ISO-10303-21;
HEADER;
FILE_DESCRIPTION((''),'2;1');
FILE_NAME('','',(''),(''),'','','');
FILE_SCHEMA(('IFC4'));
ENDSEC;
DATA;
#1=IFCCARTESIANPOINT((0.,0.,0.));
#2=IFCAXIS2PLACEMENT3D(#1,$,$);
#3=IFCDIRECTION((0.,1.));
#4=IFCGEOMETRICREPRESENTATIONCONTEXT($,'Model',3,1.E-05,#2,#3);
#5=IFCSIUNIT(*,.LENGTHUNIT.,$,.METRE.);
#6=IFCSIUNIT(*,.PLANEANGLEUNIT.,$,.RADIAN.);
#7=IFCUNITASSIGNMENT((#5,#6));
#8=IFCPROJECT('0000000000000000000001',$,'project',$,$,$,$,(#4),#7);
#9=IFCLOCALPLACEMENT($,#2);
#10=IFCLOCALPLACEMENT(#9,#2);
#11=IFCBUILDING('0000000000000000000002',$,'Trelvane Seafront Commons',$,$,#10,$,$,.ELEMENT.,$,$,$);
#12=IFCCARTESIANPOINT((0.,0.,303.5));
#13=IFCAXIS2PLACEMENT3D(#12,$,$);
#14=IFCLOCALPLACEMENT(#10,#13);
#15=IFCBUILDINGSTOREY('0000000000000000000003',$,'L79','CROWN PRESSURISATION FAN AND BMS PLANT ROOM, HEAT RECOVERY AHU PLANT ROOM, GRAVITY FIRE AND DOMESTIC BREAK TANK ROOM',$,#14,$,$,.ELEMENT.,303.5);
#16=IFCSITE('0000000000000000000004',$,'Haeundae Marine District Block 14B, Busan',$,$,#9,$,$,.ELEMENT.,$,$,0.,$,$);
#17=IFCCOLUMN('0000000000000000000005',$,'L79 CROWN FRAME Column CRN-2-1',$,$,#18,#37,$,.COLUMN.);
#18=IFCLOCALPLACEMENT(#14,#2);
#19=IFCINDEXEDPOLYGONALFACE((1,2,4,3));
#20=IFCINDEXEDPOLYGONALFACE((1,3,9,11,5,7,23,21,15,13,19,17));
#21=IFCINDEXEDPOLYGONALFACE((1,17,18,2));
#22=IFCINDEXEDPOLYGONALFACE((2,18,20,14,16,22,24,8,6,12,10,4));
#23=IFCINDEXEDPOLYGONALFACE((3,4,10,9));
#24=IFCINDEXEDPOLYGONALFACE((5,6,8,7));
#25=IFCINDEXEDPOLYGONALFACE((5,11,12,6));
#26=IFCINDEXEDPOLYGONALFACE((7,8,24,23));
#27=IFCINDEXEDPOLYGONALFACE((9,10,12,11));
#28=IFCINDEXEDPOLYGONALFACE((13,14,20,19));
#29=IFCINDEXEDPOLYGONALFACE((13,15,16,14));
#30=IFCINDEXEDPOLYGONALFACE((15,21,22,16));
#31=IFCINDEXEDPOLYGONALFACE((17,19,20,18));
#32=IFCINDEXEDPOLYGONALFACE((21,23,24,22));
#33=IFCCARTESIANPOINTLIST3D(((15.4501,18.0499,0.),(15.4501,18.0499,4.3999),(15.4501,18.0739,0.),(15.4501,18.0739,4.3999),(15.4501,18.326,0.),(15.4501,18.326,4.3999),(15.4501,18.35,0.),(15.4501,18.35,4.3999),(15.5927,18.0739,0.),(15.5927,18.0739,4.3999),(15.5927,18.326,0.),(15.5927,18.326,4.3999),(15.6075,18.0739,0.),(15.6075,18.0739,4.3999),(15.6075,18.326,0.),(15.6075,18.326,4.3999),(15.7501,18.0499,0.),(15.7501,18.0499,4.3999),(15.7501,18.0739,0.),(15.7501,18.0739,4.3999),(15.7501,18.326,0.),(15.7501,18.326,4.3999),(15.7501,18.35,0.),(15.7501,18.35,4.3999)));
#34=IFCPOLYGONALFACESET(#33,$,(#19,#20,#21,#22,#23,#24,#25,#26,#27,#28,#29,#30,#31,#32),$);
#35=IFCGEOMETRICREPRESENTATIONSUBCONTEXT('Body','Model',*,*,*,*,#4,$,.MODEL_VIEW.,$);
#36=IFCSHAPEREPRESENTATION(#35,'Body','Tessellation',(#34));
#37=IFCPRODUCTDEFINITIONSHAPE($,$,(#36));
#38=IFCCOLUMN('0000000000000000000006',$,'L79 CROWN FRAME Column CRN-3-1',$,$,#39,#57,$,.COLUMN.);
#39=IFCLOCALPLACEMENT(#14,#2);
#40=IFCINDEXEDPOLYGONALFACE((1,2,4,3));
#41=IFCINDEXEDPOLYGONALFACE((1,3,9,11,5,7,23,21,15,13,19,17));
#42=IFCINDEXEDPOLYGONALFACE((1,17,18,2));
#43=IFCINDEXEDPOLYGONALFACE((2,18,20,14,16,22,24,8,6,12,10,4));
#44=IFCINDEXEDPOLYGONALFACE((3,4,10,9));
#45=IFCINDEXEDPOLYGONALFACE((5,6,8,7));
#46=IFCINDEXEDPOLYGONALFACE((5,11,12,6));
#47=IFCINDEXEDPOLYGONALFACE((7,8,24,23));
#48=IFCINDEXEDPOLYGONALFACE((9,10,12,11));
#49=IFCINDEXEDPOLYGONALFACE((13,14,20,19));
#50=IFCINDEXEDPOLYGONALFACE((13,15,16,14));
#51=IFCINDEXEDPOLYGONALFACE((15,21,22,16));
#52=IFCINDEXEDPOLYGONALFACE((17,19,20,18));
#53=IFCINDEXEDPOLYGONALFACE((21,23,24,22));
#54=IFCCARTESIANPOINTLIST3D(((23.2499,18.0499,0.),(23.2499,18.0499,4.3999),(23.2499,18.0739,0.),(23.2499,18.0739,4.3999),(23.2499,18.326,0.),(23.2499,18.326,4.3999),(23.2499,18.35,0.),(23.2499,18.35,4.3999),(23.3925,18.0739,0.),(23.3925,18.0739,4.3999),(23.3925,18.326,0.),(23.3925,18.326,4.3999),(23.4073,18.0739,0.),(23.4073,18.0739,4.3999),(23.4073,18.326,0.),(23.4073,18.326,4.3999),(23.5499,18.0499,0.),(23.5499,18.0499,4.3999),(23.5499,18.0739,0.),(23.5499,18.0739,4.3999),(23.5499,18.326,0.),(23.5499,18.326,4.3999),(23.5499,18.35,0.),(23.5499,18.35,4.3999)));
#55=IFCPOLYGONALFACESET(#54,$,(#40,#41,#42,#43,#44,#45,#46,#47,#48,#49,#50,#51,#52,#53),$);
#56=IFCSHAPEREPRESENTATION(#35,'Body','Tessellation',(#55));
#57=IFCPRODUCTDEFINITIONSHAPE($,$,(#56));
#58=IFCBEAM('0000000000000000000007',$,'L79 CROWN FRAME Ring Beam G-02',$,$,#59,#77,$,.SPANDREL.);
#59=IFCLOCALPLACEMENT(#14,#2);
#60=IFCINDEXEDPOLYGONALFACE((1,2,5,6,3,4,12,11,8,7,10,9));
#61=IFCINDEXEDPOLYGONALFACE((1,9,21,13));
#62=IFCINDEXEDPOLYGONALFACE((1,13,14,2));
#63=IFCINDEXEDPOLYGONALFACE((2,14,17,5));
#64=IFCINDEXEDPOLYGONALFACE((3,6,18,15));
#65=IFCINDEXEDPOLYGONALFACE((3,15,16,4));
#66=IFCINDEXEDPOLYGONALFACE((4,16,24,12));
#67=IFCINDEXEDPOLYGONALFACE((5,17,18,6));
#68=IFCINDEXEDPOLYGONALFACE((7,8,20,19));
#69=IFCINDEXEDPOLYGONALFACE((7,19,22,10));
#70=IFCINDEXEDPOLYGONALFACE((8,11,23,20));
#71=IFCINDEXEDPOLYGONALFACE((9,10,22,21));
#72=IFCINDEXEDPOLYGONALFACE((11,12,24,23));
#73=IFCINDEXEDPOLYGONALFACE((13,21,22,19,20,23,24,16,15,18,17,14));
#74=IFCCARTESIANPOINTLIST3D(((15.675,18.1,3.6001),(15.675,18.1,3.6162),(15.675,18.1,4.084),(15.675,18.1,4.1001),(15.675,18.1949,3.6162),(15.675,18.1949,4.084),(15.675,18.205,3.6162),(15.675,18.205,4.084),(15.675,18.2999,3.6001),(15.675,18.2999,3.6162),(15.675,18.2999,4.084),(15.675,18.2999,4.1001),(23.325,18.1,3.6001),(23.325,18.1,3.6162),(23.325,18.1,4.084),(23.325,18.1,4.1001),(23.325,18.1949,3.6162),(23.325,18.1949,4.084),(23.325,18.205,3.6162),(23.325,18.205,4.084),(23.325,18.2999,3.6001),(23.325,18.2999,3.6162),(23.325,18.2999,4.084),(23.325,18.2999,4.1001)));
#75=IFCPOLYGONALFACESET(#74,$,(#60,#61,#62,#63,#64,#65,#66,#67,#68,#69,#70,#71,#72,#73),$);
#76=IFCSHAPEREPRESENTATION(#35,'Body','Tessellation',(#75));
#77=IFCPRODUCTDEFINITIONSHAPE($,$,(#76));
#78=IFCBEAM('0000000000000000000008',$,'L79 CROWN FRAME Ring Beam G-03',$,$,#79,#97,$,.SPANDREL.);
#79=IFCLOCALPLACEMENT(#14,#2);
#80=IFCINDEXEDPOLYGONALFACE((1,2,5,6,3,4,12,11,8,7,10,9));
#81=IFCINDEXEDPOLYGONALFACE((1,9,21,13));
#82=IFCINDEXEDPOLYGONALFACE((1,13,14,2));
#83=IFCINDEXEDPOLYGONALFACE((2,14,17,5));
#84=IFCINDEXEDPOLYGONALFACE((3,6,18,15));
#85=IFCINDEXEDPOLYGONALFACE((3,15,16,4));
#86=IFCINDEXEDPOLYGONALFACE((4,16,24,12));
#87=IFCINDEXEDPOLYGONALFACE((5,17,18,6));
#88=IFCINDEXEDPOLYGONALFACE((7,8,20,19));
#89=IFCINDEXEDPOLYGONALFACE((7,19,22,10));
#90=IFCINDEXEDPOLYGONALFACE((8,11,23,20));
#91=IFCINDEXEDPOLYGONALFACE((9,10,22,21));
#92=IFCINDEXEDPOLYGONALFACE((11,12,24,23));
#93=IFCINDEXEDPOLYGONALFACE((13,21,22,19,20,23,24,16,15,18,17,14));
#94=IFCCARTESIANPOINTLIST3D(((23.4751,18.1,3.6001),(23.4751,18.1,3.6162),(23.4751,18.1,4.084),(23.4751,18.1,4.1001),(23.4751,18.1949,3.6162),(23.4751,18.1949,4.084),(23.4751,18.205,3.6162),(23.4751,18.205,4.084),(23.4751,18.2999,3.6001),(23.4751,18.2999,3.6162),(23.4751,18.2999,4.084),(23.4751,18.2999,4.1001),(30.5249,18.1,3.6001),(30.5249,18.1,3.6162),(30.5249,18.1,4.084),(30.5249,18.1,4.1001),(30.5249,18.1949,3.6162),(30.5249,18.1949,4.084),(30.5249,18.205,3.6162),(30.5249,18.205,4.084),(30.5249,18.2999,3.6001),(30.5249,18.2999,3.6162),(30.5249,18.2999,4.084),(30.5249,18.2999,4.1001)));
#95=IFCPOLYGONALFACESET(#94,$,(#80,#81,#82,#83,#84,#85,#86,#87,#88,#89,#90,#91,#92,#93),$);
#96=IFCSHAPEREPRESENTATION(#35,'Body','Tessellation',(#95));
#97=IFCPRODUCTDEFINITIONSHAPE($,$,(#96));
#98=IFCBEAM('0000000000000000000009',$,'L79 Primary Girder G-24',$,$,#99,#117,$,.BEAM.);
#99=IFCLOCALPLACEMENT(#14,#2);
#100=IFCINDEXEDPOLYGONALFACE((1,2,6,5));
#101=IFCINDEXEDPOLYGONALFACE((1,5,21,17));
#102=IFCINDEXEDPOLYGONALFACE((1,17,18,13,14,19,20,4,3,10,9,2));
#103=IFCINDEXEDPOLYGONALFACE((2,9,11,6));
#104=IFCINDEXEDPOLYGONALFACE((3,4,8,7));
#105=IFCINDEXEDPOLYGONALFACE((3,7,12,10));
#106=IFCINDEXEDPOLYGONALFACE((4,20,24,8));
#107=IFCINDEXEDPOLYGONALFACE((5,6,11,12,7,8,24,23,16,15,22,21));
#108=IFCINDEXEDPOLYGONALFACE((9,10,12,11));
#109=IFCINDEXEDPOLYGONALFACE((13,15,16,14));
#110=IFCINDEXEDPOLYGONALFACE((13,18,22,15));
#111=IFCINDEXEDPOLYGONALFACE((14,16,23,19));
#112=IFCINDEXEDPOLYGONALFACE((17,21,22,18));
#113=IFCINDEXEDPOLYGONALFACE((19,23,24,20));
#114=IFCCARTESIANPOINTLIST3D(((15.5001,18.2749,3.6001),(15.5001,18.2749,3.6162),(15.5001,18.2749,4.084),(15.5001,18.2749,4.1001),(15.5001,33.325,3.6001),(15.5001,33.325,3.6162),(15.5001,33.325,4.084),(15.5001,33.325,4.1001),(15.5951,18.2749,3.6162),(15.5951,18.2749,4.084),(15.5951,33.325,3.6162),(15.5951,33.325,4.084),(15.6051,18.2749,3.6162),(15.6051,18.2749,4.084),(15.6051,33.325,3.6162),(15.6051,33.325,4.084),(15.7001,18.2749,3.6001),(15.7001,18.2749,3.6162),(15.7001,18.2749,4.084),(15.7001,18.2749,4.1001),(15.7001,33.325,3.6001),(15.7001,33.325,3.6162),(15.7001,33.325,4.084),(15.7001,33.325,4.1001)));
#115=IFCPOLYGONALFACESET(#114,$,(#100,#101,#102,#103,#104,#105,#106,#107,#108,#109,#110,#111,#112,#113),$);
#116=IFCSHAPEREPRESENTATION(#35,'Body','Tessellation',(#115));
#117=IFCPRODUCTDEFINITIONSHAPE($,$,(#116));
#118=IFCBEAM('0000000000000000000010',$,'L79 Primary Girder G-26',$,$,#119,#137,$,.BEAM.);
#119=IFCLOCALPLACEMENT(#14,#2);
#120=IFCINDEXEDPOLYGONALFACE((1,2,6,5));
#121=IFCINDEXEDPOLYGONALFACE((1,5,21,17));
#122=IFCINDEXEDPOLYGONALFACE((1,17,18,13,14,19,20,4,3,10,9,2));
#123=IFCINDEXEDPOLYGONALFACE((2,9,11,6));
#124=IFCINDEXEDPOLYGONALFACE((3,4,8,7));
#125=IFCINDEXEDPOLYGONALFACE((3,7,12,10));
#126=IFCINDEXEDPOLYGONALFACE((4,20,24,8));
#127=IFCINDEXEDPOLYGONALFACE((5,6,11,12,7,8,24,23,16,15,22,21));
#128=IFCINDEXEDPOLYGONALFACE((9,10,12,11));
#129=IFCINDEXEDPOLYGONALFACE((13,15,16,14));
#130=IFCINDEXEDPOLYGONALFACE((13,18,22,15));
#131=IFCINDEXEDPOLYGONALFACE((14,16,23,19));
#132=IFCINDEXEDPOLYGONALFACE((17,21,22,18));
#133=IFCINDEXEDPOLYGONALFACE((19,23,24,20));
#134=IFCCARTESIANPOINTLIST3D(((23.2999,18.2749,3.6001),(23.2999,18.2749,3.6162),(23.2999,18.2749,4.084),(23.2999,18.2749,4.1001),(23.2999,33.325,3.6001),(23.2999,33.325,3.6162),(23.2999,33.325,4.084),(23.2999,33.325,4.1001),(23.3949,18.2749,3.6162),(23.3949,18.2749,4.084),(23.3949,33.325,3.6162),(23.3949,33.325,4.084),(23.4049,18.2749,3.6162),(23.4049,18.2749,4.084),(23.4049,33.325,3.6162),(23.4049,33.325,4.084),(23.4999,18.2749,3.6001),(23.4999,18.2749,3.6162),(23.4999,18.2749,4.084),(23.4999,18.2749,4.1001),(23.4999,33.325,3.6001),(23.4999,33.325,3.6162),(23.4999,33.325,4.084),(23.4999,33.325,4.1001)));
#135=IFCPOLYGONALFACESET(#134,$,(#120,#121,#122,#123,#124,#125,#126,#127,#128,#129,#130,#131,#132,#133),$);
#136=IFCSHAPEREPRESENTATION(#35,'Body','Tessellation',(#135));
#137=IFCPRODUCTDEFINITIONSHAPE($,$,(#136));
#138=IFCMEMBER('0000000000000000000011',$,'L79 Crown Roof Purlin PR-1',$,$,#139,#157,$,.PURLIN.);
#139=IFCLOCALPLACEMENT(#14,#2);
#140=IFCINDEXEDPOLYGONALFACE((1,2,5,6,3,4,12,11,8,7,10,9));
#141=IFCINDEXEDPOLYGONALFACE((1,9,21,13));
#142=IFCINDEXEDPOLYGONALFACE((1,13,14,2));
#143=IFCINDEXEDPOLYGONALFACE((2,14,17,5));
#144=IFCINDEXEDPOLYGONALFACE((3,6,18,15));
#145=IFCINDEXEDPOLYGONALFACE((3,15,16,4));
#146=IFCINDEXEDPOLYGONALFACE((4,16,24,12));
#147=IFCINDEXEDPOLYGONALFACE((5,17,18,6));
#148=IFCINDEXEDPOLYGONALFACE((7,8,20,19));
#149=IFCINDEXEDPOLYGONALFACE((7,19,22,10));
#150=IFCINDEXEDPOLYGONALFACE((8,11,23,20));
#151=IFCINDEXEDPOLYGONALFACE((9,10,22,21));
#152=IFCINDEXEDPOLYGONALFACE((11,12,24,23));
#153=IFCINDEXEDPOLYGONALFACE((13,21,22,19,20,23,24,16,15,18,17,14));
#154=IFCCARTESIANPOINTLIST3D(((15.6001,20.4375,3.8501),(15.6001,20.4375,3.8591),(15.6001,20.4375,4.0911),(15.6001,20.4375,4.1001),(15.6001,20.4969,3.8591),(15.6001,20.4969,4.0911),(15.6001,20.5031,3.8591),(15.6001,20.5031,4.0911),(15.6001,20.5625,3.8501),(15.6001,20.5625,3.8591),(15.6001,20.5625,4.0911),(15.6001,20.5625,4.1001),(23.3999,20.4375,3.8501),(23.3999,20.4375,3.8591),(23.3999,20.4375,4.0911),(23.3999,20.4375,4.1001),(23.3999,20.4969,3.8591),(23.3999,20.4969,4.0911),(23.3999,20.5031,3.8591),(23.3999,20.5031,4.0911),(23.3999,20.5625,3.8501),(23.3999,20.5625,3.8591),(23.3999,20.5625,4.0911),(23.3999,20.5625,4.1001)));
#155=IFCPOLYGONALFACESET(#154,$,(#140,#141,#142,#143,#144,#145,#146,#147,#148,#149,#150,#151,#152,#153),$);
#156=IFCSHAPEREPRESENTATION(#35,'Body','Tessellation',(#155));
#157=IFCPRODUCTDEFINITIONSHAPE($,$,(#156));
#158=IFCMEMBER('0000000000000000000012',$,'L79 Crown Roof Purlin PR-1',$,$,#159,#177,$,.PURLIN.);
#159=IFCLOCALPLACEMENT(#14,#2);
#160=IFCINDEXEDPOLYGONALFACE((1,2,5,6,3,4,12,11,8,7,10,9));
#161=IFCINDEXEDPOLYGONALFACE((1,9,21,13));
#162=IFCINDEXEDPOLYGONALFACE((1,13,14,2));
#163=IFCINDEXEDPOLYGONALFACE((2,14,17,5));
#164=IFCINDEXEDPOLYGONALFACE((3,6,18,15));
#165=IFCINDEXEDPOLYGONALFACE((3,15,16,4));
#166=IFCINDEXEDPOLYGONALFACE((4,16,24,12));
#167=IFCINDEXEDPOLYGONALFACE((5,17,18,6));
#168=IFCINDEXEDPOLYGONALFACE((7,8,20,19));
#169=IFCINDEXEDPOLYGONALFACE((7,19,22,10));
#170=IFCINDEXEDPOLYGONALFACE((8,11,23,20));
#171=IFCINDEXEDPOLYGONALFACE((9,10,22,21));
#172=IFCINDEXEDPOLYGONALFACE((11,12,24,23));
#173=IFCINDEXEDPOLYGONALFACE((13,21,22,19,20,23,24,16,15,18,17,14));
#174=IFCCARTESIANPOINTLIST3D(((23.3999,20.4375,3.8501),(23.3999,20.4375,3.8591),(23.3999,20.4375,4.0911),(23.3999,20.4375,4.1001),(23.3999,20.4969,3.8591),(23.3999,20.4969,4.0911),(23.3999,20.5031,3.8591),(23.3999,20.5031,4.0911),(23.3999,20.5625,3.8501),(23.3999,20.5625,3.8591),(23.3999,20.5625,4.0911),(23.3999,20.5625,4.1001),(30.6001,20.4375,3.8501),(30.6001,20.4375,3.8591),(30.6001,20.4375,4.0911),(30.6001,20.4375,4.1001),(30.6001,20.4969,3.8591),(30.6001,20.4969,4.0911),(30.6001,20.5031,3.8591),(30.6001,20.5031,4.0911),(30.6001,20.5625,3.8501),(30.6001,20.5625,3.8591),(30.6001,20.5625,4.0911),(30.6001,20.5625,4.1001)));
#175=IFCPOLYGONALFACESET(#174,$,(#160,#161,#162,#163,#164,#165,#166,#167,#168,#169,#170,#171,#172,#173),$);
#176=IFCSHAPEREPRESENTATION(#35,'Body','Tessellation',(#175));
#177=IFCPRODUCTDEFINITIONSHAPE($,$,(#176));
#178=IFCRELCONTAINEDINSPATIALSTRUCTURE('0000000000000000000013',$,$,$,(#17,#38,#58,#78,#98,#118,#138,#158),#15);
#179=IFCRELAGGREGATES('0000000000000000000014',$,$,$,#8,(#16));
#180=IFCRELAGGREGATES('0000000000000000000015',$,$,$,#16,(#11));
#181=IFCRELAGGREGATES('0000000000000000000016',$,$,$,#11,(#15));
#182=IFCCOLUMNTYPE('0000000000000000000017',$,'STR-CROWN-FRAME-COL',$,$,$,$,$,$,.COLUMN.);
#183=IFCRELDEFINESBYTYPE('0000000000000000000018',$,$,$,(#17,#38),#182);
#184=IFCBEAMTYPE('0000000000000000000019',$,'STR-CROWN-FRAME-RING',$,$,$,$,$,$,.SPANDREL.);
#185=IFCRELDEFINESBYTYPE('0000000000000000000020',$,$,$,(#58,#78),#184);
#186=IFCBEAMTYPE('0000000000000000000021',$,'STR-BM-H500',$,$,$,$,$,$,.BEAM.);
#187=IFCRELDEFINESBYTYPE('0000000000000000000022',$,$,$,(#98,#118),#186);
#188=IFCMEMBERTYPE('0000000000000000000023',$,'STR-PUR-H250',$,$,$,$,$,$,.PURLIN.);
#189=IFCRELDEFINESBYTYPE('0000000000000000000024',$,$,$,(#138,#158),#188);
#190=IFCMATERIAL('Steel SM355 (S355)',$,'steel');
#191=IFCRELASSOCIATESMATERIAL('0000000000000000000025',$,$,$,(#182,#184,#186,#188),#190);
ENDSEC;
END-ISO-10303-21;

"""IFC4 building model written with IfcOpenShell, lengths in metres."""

from ifc_helpers import new_model, si_unit, direction, frame, origin, origin_2d, place, context, subcontext, project, spatial, i_section, extrude, source, transform, mapped, material, material_profile, profile_set, type_object, element, save


model = new_model("IFC4")

# Units and contexts
model_context = context("Model", 3, precision=1e-05, world=origin(), true_north=direction((0.0, 1.0)))
body_context = subcontext(model_context, "Body", "Model", "MODEL_VIEW")
ifc_project = project(units=[si_unit("LENGTHUNIT", "METRE"), si_unit("PLANEANGLEUNIT", "RADIAN")], contexts=[model_context])

# Site, building, storey
site_placement = place(None, origin())
site = spatial("IfcSite", under=ifc_project, at=site_placement, Name="Haeundae Marine District Block 14B, Busan", CompositionType="ELEMENT", RefElevation=0.0)
building_placement = place(site_placement, origin())
building = spatial("IfcBuilding", under=site, at=building_placement, Name="Trelvane Seafront Commons", CompositionType="ELEMENT")
storey_placement = place(building_placement, frame((0.0, 0.0, 303.5)))
storey = spatial("IfcBuildingStorey", under=building, at=storey_placement, Name="L79", Description="CROWN PRESSURISATION FAN AND BMS PLANT ROOM, HEAT RECOVERY AHU PLANT ROOM, GRAVITY FIRE AND DOMESTIC BREAK TANK ROOM", CompositionType="ELEMENT", Elevation=303.5)

# Columns
ifc_material_1 = material(Name="Steel SM355 (S355)", Category="steel")
ifc_material_profile_1 = material_profile(ifc_material_1, i_section(OverallWidth=0.3, OverallDepth=0.3, WebThickness=0.0149, FlangeThickness=0.0239, at=origin_2d()), Name="HD-300x300x15x24")
ifc_profile_set_1 = profile_set([ifc_material_profile_1], Name="Steel SM355 (S355)")
column_type = type_object("IfcColumnType", Name="STR-CROWN-FRAME-COL", PredefinedType="COLUMN", material=ifc_profile_set_1)
shared_shape_1 = source(origin(), body_context, "Body", "SweptSolid", [
    extrude(i_section(OverallWidth=0.3, OverallDepth=0.3, WebThickness=0.0149, FlangeThickness=0.0239, at=origin_2d()), origin(), (0.0, 0.0, 1.0), 4.3999),
])
for number, where, z_axis, x_axis, name in (
    (1, (15.6001, 18.2, 0.0), (0.0, 0.0, 1.0), (1.0, 0.0, 0.0), "L79 CROWN FRAME Column CRN-2-1"),
    (2, (23.3999, 18.2, 0.0), (0.0, 0.0, 1.0), (1.0, 0.0, 0.0), "L79 CROWN FRAME Column CRN-3-1"),
):
    element("IfcColumn", number, at=place(storey_placement, frame(where, z_axis=z_axis, x_axis=x_axis)), inside=storey, type_object=column_type, Name=name, PredefinedType="COLUMN", context=body_context, shape_type="MappedRepresentation", body=[
        mapped(shared_shape_1, transform((0.0, 0.0, 0.0), x_axis=(1.0, 0.0, 0.0), y_axis=(0.0, 1.0, 0.0), z_axis=(0.0, 0.0, 1.0), scale=1.0)),
    ])

# Beams
ifc_material_profile_2 = material_profile(ifc_material_1, i_section(OverallWidth=0.2, OverallDepth=0.5, WebThickness=0.01, FlangeThickness=0.0161, at=origin_2d()), Name="H-500x200x10x16")
ifc_profile_set_2 = profile_set([ifc_material_profile_2], Name="Steel SM355 (S355)")
beam_type_1 = type_object("IfcBeamType", Name="STR-CROWN-FRAME-RING", PredefinedType="SPANDREL", material=ifc_profile_set_2)
shared_shape_2 = source(origin(), body_context, "Body", "SweptSolid", [
    extrude(i_section(OverallWidth=0.2, OverallDepth=0.5, WebThickness=0.01, FlangeThickness=0.0161, at=origin_2d()), origin(), (0.0, 0.0, 1.0), 7.6499),
])
beam_1_placement = place(storey_placement, frame((15.675, 18.2, 3.8501), z_axis=(1.0, 0.0, 0.0), x_axis=(0.0, 1.0, 0.0)))
element("IfcBeam", 3, at=beam_1_placement, inside=storey, type_object=beam_type_1, Name="L79 CROWN FRAME Ring Beam G-02", PredefinedType="SPANDREL", context=body_context, shape_type="MappedRepresentation", body=[
    mapped(shared_shape_2, transform((0.0, 0.0, 0.0), x_axis=(1.0, 0.0, 0.0), y_axis=(0.0, 1.0, 0.0), z_axis=(0.0, 0.0, 1.0), scale=1.0)),
])
shared_shape_3 = source(origin(), body_context, "Body", "SweptSolid", [
    extrude(i_section(OverallWidth=0.2, OverallDepth=0.5, WebThickness=0.01, FlangeThickness=0.0161, at=origin_2d()), origin(), (0.0, 0.0, 1.0), 7.0498),
])
beam_2_placement = place(storey_placement, frame((23.4751, 18.2, 3.8501), z_axis=(1.0, 0.0, 0.0), x_axis=(0.0, 1.0, 0.0)))
element("IfcBeam", 4, at=beam_2_placement, inside=storey, type_object=beam_type_1, Name="L79 CROWN FRAME Ring Beam G-03", PredefinedType="SPANDREL", context=body_context, shape_type="MappedRepresentation", body=[
    mapped(shared_shape_3, transform((0.0, 0.0, 0.0), x_axis=(1.0, 0.0, 0.0), y_axis=(0.0, 1.0, 0.0), z_axis=(0.0, 0.0, 1.0), scale=1.0)),
])
ifc_material_profile_3 = material_profile(ifc_material_1, i_section(OverallWidth=0.2, OverallDepth=0.5, WebThickness=0.01, FlangeThickness=0.0161, at=origin_2d()), Name="H-500x200x10x16")
ifc_profile_set_3 = profile_set([ifc_material_profile_3], Name="Steel SM355 (S355)")
beam_type_2 = type_object("IfcBeamType", Name="STR-BM-H500", PredefinedType="BEAM", material=ifc_profile_set_3)
shared_shape_4 = source(origin(), body_context, "Body", "SweptSolid", [
    extrude(i_section(OverallWidth=0.2, OverallDepth=0.5, WebThickness=0.01, FlangeThickness=0.0161, at=origin_2d()), origin(), (0.0, 0.0, 1.0), 15.05),
])
for number, where, z_axis, x_axis, name in (
    (5, (15.6001, 18.2749, 3.8501), (0.0, 1.0, 0.0), (-1.0, 0.0, 0.0), "L79 Primary Girder G-24"),
    (6, (23.3999, 18.2749, 3.8501), (0.0, 1.0, 0.0), (-1.0, 0.0, 0.0), "L79 Primary Girder G-26"),
):
    element("IfcBeam", number, at=place(storey_placement, frame(where, z_axis=z_axis, x_axis=x_axis)), inside=storey, type_object=beam_type_2, Name=name, PredefinedType="BEAM", context=body_context, shape_type="MappedRepresentation", body=[
        mapped(shared_shape_4, transform((0.0, 0.0, 0.0), x_axis=(1.0, 0.0, 0.0), y_axis=(0.0, 1.0, 0.0), z_axis=(0.0, 0.0, 1.0), scale=1.0)),
    ])

# Members
ifc_material_profile_4 = material_profile(ifc_material_1, i_section(OverallWidth=0.125, OverallDepth=0.25, WebThickness=0.0061, FlangeThickness=0.009, at=origin_2d()), Name="H-250x125x6x9")
ifc_profile_set_4 = profile_set([ifc_material_profile_4], Name="Steel SM355 (S355)")
member_type_1 = type_object("IfcMemberType", Name="STR-PUR-H250", PredefinedType="PURLIN", material=ifc_profile_set_4)
shared_shape_5 = source(origin(), body_context, "Body", "SweptSolid", [
    extrude(i_section(OverallWidth=0.125, OverallDepth=0.25, WebThickness=0.0061, FlangeThickness=0.009, at=origin_2d()), origin(), (0.0, 0.0, 1.0), 7.7998),
])
member_1_placement = place(storey_placement, frame((15.6001, 20.5, 3.9751), z_axis=(1.0, 0.0, 0.0), x_axis=(0.0, 1.0, 0.0)))
element("IfcMember", 7, at=member_1_placement, inside=storey, type_object=member_type_1, Name="L79 Crown Roof Purlin PR-1", PredefinedType="PURLIN", context=body_context, shape_type="MappedRepresentation", body=[
    mapped(shared_shape_5, transform((0.0, 0.0, 0.0), x_axis=(1.0, 0.0, 0.0), y_axis=(0.0, 1.0, 0.0), z_axis=(0.0, 0.0, 1.0), scale=1.0)),
])
shared_shape_6 = source(origin(), body_context, "Body", "SweptSolid", [
    extrude(i_section(OverallWidth=0.125, OverallDepth=0.25, WebThickness=0.0061, FlangeThickness=0.009, at=origin_2d()), origin(), (0.0, 0.0, 1.0), 7.2002),
])
member_2_placement = place(storey_placement, frame((23.3999, 20.5, 3.9751), z_axis=(1.0, 0.0, 0.0), x_axis=(0.0, 1.0, 0.0)))
element("IfcMember", 8, at=member_2_placement, inside=storey, type_object=member_type_1, Name="L79 Crown Roof Purlin PR-1", PredefinedType="PURLIN", context=body_context, shape_type="MappedRepresentation", body=[
    mapped(shared_shape_6, transform((0.0, 0.0, 0.0), x_axis=(1.0, 0.0, 0.0), y_axis=(0.0, 1.0, 0.0), z_axis=(0.0, 0.0, 1.0), scale=1.0)),
])

save(model, "model.ifc")
